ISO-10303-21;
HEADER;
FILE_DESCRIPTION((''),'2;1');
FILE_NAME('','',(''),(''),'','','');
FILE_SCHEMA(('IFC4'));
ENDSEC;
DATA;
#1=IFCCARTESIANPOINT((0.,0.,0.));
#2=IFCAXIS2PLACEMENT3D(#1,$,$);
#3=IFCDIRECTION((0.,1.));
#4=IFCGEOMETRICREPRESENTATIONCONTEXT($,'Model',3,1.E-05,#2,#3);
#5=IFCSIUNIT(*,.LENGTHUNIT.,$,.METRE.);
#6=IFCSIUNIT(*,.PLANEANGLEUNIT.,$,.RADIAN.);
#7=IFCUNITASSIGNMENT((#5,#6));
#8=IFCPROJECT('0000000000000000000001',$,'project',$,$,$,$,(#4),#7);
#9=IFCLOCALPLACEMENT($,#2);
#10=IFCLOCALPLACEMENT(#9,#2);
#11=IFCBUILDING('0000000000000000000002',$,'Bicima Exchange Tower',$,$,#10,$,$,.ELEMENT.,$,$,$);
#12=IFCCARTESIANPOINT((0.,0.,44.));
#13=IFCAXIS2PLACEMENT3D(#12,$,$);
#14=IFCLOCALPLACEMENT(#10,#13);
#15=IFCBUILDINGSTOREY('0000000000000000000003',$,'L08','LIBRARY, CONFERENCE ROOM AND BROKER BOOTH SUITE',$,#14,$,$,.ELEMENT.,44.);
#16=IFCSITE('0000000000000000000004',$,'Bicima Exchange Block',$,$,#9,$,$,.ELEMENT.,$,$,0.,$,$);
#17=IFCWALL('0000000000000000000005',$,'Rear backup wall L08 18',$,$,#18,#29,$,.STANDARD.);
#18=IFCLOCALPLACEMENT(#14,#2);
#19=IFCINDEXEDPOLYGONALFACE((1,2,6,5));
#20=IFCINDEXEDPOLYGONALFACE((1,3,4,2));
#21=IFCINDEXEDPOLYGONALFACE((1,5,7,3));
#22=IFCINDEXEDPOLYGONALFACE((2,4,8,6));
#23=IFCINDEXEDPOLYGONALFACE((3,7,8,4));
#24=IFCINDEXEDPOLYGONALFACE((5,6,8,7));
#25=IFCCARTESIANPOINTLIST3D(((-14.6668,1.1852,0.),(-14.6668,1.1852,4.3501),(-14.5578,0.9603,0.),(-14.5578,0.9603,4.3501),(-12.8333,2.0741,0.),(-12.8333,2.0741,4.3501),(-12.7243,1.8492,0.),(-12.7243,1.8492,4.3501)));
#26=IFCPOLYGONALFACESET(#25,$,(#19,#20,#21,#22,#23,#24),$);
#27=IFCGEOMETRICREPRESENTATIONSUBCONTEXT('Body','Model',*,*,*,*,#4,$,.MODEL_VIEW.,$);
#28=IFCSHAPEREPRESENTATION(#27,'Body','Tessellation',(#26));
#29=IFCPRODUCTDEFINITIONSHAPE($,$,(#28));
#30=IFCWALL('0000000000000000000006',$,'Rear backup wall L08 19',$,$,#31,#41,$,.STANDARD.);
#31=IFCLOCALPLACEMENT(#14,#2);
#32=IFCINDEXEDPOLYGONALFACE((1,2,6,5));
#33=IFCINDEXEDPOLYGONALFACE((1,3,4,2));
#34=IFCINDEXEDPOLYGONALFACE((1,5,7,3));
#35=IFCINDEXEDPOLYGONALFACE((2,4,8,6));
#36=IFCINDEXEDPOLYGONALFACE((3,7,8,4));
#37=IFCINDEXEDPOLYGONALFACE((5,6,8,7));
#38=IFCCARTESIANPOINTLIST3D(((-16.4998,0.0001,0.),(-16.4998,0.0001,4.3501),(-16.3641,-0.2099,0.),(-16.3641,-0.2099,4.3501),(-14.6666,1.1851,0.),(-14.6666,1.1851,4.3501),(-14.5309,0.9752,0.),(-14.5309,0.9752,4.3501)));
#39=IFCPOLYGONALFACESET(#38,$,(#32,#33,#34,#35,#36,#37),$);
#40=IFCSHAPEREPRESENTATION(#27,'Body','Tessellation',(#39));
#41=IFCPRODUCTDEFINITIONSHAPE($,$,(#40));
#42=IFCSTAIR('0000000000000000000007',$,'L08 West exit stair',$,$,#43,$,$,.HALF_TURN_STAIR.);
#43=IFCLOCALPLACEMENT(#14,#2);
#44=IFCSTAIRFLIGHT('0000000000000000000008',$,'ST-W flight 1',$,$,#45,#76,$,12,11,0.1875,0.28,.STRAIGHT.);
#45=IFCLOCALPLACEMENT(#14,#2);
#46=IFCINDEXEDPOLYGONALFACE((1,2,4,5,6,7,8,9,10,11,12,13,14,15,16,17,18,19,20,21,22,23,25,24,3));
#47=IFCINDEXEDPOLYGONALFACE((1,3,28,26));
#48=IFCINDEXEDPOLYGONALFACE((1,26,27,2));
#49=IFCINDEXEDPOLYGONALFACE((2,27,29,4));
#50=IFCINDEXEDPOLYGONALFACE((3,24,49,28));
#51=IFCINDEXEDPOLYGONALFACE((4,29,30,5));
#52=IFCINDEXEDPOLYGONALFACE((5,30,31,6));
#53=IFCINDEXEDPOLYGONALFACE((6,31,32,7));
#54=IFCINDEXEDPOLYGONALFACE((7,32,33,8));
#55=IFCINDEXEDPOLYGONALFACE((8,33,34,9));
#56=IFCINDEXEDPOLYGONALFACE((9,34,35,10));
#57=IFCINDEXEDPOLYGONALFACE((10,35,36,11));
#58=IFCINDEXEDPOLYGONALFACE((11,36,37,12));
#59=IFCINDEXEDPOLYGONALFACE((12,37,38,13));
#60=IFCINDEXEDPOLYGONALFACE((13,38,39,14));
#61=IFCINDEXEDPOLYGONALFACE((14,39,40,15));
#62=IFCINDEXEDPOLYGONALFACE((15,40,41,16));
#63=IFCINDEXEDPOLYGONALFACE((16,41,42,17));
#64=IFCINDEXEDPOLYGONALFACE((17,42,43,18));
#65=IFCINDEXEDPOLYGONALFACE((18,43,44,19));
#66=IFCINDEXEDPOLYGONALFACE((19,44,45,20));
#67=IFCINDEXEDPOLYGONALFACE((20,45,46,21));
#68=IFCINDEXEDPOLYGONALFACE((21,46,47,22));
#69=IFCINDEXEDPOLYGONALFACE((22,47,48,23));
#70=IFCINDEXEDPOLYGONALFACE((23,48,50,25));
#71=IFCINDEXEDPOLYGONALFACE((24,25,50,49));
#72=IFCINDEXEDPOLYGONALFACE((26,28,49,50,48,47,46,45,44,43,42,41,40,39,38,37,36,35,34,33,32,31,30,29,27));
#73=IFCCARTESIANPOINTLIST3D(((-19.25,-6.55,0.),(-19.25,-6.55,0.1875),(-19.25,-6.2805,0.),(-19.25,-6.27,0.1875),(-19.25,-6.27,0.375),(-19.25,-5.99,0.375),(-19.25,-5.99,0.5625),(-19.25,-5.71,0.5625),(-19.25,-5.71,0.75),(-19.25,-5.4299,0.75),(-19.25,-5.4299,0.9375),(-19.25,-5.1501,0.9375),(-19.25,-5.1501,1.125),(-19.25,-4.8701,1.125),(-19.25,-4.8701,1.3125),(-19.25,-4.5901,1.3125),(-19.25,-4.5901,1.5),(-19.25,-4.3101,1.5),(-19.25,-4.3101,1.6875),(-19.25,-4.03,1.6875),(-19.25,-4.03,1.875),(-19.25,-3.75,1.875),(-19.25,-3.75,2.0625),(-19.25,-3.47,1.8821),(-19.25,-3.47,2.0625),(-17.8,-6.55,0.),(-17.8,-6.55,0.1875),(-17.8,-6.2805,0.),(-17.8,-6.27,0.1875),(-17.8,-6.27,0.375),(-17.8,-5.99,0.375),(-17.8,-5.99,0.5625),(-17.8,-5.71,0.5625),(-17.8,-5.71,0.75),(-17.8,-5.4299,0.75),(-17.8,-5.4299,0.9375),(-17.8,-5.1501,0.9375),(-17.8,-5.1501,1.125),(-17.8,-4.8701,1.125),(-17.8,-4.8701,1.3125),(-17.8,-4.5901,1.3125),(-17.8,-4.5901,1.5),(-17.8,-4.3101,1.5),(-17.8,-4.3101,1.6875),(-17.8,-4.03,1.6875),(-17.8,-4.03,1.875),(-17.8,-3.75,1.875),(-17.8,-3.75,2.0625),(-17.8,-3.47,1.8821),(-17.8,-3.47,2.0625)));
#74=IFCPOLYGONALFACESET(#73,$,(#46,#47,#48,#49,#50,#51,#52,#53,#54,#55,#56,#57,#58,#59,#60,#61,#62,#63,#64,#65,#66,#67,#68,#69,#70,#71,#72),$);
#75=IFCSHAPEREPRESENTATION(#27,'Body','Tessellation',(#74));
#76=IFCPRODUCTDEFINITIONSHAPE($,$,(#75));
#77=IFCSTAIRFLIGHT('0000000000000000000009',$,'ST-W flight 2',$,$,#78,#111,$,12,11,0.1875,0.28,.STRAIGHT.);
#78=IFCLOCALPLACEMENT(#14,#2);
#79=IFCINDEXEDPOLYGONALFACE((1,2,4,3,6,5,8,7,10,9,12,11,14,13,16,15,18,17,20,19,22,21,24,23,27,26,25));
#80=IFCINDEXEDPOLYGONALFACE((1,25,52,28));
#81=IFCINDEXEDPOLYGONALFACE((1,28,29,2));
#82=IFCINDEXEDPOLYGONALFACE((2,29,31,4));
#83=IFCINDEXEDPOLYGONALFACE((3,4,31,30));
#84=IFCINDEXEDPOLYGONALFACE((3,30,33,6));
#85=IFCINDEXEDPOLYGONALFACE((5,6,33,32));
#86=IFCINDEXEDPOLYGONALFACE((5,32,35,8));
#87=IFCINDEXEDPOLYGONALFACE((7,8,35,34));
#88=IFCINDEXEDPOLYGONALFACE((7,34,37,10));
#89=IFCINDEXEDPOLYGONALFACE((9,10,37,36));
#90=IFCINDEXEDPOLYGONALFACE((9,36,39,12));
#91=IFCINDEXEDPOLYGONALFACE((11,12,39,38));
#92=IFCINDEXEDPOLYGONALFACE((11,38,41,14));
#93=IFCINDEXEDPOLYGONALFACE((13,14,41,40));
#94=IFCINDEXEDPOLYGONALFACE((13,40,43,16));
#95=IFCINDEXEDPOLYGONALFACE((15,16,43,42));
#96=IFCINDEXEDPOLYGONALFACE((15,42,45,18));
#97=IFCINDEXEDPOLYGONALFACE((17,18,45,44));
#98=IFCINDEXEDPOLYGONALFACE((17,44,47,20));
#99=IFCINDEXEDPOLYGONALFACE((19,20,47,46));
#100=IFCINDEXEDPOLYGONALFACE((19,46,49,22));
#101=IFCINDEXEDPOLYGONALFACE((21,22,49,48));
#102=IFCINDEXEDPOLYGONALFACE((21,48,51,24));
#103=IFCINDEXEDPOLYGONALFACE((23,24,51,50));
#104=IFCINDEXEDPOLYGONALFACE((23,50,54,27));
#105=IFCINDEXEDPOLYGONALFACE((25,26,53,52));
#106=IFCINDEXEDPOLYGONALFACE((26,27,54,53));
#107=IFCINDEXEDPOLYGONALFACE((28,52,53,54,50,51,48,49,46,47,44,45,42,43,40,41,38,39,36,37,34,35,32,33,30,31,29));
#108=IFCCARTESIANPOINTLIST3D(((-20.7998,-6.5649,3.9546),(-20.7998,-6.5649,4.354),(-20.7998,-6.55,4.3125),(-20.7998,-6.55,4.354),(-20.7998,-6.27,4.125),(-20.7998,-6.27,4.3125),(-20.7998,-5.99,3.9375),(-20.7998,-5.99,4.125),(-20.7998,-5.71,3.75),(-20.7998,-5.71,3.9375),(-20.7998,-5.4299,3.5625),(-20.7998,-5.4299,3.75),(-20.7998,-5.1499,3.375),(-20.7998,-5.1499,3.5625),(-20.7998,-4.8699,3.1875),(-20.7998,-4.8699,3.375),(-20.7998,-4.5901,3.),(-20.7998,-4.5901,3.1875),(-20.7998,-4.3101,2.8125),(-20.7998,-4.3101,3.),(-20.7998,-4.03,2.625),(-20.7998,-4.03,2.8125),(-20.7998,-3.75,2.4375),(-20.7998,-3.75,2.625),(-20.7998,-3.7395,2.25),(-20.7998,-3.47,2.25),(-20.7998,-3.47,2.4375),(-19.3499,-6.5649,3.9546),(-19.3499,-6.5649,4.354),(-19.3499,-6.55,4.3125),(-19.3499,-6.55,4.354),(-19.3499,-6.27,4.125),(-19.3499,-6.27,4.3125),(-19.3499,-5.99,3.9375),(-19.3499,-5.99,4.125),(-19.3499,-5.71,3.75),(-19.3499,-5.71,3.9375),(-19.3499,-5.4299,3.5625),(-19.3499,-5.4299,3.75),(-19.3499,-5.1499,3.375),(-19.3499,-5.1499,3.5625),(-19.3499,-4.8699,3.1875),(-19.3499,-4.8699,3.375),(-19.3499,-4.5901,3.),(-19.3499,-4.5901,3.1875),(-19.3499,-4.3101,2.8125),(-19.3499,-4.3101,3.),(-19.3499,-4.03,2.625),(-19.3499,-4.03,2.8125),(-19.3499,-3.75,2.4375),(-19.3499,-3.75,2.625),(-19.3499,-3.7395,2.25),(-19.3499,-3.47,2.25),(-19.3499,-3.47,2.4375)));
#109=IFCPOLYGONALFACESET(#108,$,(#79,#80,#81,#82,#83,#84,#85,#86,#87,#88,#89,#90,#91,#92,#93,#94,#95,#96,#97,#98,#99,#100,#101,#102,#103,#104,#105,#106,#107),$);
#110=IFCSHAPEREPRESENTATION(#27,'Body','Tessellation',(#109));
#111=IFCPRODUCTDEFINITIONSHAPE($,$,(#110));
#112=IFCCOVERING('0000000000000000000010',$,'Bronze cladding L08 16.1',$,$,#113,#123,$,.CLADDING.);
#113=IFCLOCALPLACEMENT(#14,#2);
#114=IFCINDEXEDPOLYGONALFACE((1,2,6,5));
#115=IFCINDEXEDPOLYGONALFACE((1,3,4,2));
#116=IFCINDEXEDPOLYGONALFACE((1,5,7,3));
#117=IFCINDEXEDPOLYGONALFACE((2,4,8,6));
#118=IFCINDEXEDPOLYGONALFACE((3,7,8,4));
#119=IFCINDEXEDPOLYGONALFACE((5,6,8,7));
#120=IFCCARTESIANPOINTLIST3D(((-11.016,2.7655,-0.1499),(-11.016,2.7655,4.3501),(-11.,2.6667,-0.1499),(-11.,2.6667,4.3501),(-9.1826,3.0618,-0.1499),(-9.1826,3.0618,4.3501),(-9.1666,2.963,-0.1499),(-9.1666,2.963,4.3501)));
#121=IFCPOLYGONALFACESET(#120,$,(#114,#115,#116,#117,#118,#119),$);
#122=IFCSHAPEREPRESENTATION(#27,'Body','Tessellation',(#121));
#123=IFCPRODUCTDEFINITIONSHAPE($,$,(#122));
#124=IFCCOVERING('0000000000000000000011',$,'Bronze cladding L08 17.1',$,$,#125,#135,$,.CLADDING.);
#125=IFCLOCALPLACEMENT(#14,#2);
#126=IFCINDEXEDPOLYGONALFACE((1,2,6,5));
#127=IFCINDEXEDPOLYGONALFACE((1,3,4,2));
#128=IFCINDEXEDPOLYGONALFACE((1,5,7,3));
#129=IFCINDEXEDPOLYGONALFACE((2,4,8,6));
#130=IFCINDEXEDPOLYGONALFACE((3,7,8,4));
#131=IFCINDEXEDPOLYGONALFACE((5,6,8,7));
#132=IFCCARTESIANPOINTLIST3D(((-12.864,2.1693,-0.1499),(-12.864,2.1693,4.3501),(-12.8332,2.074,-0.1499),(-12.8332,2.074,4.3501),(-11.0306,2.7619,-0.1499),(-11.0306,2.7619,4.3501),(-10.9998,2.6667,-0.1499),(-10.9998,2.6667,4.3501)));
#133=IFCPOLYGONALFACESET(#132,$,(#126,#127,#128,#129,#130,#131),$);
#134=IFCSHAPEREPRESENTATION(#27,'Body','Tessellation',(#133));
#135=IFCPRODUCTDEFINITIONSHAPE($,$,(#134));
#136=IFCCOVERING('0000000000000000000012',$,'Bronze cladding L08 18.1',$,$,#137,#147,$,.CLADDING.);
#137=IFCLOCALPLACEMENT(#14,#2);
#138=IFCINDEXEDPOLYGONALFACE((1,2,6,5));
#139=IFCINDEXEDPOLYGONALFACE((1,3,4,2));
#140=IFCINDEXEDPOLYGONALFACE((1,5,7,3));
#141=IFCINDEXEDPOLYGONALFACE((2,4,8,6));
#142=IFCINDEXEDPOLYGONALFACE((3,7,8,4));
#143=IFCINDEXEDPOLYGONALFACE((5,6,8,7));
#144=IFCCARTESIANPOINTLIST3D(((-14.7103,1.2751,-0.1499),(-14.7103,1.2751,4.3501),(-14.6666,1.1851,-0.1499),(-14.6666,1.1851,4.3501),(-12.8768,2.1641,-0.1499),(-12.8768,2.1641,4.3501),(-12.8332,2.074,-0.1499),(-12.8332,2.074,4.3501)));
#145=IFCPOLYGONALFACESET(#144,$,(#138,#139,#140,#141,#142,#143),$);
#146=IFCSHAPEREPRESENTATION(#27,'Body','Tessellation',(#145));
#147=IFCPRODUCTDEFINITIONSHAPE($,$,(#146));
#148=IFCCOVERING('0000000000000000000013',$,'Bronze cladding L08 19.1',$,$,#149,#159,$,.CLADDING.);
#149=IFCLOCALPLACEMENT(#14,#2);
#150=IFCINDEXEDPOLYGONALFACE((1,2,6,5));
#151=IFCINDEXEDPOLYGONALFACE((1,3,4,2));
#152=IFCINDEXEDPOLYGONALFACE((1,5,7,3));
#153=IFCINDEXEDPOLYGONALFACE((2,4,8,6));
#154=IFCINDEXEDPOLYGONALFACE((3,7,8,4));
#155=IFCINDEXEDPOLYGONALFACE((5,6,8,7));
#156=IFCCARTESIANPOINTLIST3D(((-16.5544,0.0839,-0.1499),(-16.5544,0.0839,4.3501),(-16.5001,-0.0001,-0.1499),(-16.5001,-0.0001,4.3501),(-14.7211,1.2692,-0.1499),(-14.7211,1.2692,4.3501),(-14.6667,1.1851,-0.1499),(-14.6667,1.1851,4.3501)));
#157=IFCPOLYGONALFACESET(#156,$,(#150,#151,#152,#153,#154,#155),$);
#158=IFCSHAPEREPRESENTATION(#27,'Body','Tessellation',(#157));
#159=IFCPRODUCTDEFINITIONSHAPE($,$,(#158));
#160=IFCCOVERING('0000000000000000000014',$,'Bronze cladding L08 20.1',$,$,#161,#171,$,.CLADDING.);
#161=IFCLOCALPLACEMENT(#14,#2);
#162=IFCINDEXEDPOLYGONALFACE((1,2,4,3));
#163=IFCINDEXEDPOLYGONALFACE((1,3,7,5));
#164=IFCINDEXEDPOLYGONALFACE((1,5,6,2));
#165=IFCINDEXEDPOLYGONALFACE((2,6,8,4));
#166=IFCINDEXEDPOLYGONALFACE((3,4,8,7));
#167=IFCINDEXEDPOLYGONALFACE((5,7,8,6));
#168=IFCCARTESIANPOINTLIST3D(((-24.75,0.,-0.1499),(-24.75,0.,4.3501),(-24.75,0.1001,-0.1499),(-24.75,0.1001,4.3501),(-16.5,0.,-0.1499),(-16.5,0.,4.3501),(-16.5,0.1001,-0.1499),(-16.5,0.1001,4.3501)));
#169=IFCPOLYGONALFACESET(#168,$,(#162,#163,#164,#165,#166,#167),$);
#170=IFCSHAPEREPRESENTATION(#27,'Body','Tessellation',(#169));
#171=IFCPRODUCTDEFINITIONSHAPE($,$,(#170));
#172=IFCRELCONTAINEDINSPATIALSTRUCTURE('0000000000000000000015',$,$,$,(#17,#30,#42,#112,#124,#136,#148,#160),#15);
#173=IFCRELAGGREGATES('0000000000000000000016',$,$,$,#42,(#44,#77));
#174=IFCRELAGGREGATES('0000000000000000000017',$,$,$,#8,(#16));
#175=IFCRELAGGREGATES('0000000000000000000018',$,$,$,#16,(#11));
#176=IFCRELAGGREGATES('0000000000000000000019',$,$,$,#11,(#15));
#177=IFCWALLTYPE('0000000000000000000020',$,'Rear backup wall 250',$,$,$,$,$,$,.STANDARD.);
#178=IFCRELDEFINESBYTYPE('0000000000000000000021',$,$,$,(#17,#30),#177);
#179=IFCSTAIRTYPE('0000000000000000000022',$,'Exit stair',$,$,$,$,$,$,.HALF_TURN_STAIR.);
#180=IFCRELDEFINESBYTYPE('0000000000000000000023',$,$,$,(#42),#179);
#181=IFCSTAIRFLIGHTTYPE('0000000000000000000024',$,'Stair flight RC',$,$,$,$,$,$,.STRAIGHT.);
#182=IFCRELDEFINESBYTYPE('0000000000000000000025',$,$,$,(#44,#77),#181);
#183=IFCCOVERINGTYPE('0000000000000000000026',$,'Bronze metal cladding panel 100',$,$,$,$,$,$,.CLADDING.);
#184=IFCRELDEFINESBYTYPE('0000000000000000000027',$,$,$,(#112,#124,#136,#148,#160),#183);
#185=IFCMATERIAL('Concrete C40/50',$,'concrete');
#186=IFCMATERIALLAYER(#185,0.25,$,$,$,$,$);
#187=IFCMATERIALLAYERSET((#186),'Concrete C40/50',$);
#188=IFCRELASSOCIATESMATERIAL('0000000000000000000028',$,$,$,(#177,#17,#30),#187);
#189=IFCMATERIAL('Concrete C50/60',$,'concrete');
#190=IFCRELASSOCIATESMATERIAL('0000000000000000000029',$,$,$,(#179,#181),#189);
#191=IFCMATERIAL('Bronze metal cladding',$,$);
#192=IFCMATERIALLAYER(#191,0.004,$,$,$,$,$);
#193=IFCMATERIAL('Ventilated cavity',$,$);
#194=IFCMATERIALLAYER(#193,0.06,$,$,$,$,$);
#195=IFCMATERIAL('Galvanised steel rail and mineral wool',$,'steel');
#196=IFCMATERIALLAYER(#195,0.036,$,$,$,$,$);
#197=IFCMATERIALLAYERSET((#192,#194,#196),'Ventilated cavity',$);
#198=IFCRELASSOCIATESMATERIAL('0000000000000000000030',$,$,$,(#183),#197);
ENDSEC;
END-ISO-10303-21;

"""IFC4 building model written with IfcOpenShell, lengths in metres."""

from ifc_helpers import new_model, si_unit, direction, frame, frame_2d, origin, origin_2d, place, context, subcontext, project, spatial, polyline, rectangle, outline, extrude, material, layer, layer_set, layer_usage, type_object, element, aggregate, save


model = new_model("IFC4")

# Units and contexts
model_context = context("Model", 3, precision=1e-05, world=origin(), true_north=direction((0.0, 1.0)))
body_context = subcontext(model_context, "Body", "Model", "MODEL_VIEW")
ifc_project = project(units=[si_unit("LENGTHUNIT", "METRE"), si_unit("PLANEANGLEUNIT", "RADIAN")], contexts=[model_context])

# Site, building, storey
site_placement = place(None, origin())
site = spatial("IfcSite", under=ifc_project, at=site_placement, Name="Bicima Exchange Block", CompositionType="ELEMENT", RefElevation=0.0)
building_placement = place(site_placement, origin())
building = spatial("IfcBuilding", under=site, at=building_placement, Name="Bicima Exchange Tower", CompositionType="ELEMENT")
storey_placement = place(building_placement, frame((0.0, 0.0, 44.0)))
storey = spatial("IfcBuildingStorey", under=building, at=storey_placement, Name="L08", Description="LIBRARY, CONFERENCE ROOM AND BROKER BOOTH SUITE", CompositionType="ELEMENT", Elevation=44.0)

# Shared definitions
ifc_material_1 = material(Name="Concrete C50/60", Category="concrete")

# Walls
ifc_material_2 = material(Name="Concrete C40/50", Category="concrete")
ifc_layer_1 = layer(ifc_material_2, 0.25)
ifc_layer_set_1 = layer_set([ifc_layer_1], Name="Concrete C40/50")
ifc_layer_usage = layer_usage(ifc_layer_set_1, "AXIS2", "POSITIVE", -0.125)
wall_type_1 = type_object("IfcWallType", Name="Rear backup wall 250", PredefinedType="STANDARD", material=ifc_layer_set_1)
wall_1_placement = place(storey_placement, frame((-12.7788, 1.9617, 0.0), z_axis=(0.0, 0.0, 1.0), x_axis=(-0.899824, -0.436253, 0.0)))
element("IfcWall", 1, at=wall_1_placement, inside=storey, type_object=wall_type_1, material=ifc_layer_usage, Name="Rear backup wall L08 18", PredefinedType="STANDARD", context=body_context, shape_type="SweptSolid", body=[
    extrude(rectangle(XDim=2.0376, YDim=0.25, at=frame_2d((1.0188, 0.0))), origin(), (0.0, 0.0, 1.0), 4.3501),
])
wall_2_placement = place(storey_placement, frame((-14.5989, 1.0801, 0.0), z_axis=(0.0, 0.0, 1.0), x_axis=(-0.839813, -0.542876, 0.0)))
element("IfcWall", 2, at=wall_2_placement, inside=storey, type_object=wall_type_1, material=ifc_layer_usage, Name="Rear backup wall L08 19", PredefinedType="STANDARD", context=body_context, shape_type="SweptSolid", body=[
    extrude(rectangle(XDim=2.1829, YDim=0.25, at=frame_2d((1.0913, 0.0))), origin(), (0.0, 0.0, 1.0), 4.3501),
])

# Stair, stair flights
stair_type = type_object("IfcStairType", Name="Exit stair", PredefinedType="HALF_TURN_STAIR", material=ifc_material_1)
stair_placement = place(storey_placement, origin())
stair = element("IfcStair", 3, at=stair_placement, inside=storey, type_object=stair_type, Name="L08 West exit stair", PredefinedType="HALF_TURN_STAIR")
stair_flight_type = type_object("IfcStairFlightType", Name="Stair flight RC", PredefinedType="STRAIGHT", material=ifc_material_1)
stair_flight_1_placement = place(storey_placement, frame((-18.5249, -6.55, 0.0), z_axis=(0.0, 0.0, 1.0), x_axis=(0.0, 1.0, 0.0)))
stair_flight_1 = element("IfcStairFlight", 4, at=stair_flight_1_placement, type_object=stair_flight_type, Name="ST-W flight 1", NumberOfRisers=12, NumberOfTreads=11, PredefinedType="STRAIGHT", RiserHeight=0.1875, TreadLength=0.28, context=body_context, shape_type="SweptSolid", body=[
    extrude(outline(polyline([(0.0, 0.0), (0.0, 0.1875), (0.28, 0.1875), (0.28, 0.375), (0.5601, 0.375), (0.5601, 0.5625), (0.8401, 0.5625), (0.8401, 0.75), (1.1201, 0.75), (1.1201, 0.9375), (1.3999, 0.9375), (1.3999, 1.125), (1.6799, 1.125), (1.6799, 1.3125), (1.96, 1.3125), (1.96, 1.5), (2.24, 1.5), (2.24, 1.6875), (2.52, 1.6875), (2.52, 1.875), (2.8, 1.875), (2.8, 2.0625), (3.0801, 2.0625), (3.0801, 2.25), (3.0801, 1.8821), (0.2695, 0.0), (0.0, 0.0)])), frame((0.0, 0.7251, 0.0), z_axis=(0.0, -1.0, 0.0), x_axis=(1.0, 0.0, 0.0)), (0.0, 0.0, 1.0), 1.45),
])
stair_flight_2_placement = place(storey_placement, frame((-20.075, -3.47, 2.25), z_axis=(0.0, 0.0, 1.0), x_axis=(0.0, -1.0, 0.0)))
stair_flight_2 = element("IfcStairFlight", 5, at=stair_flight_2_placement, type_object=stair_flight_type, Name="ST-W flight 2", NumberOfRisers=12, NumberOfTreads=11, PredefinedType="STRAIGHT", RiserHeight=0.1875, TreadLength=0.28, context=body_context, shape_type="SweptSolid", body=[
    extrude(outline(polyline([(0.0, 0.0), (0.0, 0.1875), (0.28, 0.1875), (0.28, 0.375), (0.5601, 0.375), (0.5601, 0.5625), (0.8401, 0.5625), (0.8401, 0.75), (1.1201, 0.75), (1.1201, 0.9375), (1.3999, 0.9375), (1.3999, 1.125), (1.6799, 1.125), (1.6799, 1.3125), (1.96, 1.3125), (1.96, 1.5), (2.24, 1.5), (2.24, 1.6875), (2.52, 1.6875), (2.52, 1.875), (2.8, 1.875), (2.8, 2.0625), (3.0801, 2.0625), (3.0801, 2.104), (3.095, 2.104), (3.095, 1.7046), (0.2695, 0.0), (0.0, 0.0)])), frame((0.0, 0.7251, 0.0), z_axis=(0.0, -1.0, 0.0), x_axis=(1.0, 0.0, 0.0)), (0.0, 0.0, 1.0), 1.45),
])
aggregate(stair, [stair_flight_1, stair_flight_2])

# Coverings
ifc_material_3 = material(Name="Bronze metal cladding")
ifc_layer_2 = layer(ifc_material_3, 0.004)
ifc_material_4 = material(Name="Ventilated cavity")
ifc_layer_3 = layer(ifc_material_4, 0.06)
ifc_material_5 = material(Name="Galvanised steel rail and mineral wool", Category="steel")
ifc_layer_4 = layer(ifc_material_5, 0.036)
ifc_layer_set_2 = layer_set([ifc_layer_2, ifc_layer_3, ifc_layer_4], Name="Ventilated cavity")
covering_type = type_object("IfcCoveringType", Name="Bronze metal cladding panel 100", PredefinedType="CLADDING", material=ifc_layer_set_2)
covering_1_placement = place(storey_placement, frame((-10.0913, 2.8643, -0.1499), z_axis=(0.0, 0.0, 1.0), x_axis=(-0.98719, -0.15955, 0.0)))
element("IfcCovering", 6, at=covering_1_placement, inside=storey, type_object=covering_type, Name="Bronze cladding L08 16.1", PredefinedType="CLADDING", context=body_context, shape_type="SweptSolid", body=[
    extrude(rectangle(XDim=1.8572, YDim=0.1001, at=origin_2d()), origin(), (0.0, 0.0, 1.0), 4.5),
])
covering_2_placement = place(storey_placement, frame((-11.9319, 2.418, -0.1499), z_axis=(0.0, 0.0, 1.0), x_axis=(-0.951525, -0.307573, 0.0)))
element("IfcCovering", 7, at=covering_2_placement, inside=storey, type_object=covering_type, Name="Bronze cladding L08 17.1", PredefinedType="CLADDING", context=body_context, shape_type="SweptSolid", body=[
    extrude(rectangle(XDim=1.9268, YDim=0.1001, at=origin_2d()), origin(), (0.0, 0.0, 1.0), 4.5),
])
covering_3_placement = place(storey_placement, frame((-13.7717, 1.6746, -0.1499), z_axis=(0.0, 0.0, 1.0), x_axis=(-0.899818, -0.436265, 0.0)))
element("IfcCovering", 8, at=covering_3_placement, inside=storey, type_object=covering_type, Name="Bronze cladding L08 18.1", PredefinedType="CLADDING", context=body_context, shape_type="SweptSolid", body=[
    extrude(rectangle(XDim=2.0376, YDim=0.1001, at=origin_2d()), origin(), (0.0, 0.0, 1.0), 4.5),
])
covering_4_placement = place(storey_placement, frame((-15.6106, 0.6345, -0.1499), z_axis=(0.0, 0.0, 1.0), x_axis=(-0.83979, -0.542911, 0.0)))
element("IfcCovering", 9, at=covering_4_placement, inside=storey, type_object=covering_type, Name="Bronze cladding L08 19.1", PredefinedType="CLADDING", context=body_context, shape_type="SweptSolid", body=[
    extrude(rectangle(XDim=2.1831, YDim=0.1001, at=origin_2d()), origin(), (0.0, 0.0, 1.0), 4.5),
])
covering_5_placement = place(storey_placement, frame((-20.625, 0.05, -0.1499), z_axis=(0.0, 0.0, 1.0), x_axis=(-1.0, 0.0, 0.0)))
element("IfcCovering", 10, at=covering_5_placement, inside=storey, type_object=covering_type, Name="Bronze cladding L08 20.1", PredefinedType="CLADDING", context=body_context, shape_type="SweptSolid", body=[
    extrude(rectangle(XDim=8.25, YDim=0.1001, at=origin_2d()), origin(), (0.0, 0.0, 1.0), 4.5),
])

save(model, "model.ifc")
